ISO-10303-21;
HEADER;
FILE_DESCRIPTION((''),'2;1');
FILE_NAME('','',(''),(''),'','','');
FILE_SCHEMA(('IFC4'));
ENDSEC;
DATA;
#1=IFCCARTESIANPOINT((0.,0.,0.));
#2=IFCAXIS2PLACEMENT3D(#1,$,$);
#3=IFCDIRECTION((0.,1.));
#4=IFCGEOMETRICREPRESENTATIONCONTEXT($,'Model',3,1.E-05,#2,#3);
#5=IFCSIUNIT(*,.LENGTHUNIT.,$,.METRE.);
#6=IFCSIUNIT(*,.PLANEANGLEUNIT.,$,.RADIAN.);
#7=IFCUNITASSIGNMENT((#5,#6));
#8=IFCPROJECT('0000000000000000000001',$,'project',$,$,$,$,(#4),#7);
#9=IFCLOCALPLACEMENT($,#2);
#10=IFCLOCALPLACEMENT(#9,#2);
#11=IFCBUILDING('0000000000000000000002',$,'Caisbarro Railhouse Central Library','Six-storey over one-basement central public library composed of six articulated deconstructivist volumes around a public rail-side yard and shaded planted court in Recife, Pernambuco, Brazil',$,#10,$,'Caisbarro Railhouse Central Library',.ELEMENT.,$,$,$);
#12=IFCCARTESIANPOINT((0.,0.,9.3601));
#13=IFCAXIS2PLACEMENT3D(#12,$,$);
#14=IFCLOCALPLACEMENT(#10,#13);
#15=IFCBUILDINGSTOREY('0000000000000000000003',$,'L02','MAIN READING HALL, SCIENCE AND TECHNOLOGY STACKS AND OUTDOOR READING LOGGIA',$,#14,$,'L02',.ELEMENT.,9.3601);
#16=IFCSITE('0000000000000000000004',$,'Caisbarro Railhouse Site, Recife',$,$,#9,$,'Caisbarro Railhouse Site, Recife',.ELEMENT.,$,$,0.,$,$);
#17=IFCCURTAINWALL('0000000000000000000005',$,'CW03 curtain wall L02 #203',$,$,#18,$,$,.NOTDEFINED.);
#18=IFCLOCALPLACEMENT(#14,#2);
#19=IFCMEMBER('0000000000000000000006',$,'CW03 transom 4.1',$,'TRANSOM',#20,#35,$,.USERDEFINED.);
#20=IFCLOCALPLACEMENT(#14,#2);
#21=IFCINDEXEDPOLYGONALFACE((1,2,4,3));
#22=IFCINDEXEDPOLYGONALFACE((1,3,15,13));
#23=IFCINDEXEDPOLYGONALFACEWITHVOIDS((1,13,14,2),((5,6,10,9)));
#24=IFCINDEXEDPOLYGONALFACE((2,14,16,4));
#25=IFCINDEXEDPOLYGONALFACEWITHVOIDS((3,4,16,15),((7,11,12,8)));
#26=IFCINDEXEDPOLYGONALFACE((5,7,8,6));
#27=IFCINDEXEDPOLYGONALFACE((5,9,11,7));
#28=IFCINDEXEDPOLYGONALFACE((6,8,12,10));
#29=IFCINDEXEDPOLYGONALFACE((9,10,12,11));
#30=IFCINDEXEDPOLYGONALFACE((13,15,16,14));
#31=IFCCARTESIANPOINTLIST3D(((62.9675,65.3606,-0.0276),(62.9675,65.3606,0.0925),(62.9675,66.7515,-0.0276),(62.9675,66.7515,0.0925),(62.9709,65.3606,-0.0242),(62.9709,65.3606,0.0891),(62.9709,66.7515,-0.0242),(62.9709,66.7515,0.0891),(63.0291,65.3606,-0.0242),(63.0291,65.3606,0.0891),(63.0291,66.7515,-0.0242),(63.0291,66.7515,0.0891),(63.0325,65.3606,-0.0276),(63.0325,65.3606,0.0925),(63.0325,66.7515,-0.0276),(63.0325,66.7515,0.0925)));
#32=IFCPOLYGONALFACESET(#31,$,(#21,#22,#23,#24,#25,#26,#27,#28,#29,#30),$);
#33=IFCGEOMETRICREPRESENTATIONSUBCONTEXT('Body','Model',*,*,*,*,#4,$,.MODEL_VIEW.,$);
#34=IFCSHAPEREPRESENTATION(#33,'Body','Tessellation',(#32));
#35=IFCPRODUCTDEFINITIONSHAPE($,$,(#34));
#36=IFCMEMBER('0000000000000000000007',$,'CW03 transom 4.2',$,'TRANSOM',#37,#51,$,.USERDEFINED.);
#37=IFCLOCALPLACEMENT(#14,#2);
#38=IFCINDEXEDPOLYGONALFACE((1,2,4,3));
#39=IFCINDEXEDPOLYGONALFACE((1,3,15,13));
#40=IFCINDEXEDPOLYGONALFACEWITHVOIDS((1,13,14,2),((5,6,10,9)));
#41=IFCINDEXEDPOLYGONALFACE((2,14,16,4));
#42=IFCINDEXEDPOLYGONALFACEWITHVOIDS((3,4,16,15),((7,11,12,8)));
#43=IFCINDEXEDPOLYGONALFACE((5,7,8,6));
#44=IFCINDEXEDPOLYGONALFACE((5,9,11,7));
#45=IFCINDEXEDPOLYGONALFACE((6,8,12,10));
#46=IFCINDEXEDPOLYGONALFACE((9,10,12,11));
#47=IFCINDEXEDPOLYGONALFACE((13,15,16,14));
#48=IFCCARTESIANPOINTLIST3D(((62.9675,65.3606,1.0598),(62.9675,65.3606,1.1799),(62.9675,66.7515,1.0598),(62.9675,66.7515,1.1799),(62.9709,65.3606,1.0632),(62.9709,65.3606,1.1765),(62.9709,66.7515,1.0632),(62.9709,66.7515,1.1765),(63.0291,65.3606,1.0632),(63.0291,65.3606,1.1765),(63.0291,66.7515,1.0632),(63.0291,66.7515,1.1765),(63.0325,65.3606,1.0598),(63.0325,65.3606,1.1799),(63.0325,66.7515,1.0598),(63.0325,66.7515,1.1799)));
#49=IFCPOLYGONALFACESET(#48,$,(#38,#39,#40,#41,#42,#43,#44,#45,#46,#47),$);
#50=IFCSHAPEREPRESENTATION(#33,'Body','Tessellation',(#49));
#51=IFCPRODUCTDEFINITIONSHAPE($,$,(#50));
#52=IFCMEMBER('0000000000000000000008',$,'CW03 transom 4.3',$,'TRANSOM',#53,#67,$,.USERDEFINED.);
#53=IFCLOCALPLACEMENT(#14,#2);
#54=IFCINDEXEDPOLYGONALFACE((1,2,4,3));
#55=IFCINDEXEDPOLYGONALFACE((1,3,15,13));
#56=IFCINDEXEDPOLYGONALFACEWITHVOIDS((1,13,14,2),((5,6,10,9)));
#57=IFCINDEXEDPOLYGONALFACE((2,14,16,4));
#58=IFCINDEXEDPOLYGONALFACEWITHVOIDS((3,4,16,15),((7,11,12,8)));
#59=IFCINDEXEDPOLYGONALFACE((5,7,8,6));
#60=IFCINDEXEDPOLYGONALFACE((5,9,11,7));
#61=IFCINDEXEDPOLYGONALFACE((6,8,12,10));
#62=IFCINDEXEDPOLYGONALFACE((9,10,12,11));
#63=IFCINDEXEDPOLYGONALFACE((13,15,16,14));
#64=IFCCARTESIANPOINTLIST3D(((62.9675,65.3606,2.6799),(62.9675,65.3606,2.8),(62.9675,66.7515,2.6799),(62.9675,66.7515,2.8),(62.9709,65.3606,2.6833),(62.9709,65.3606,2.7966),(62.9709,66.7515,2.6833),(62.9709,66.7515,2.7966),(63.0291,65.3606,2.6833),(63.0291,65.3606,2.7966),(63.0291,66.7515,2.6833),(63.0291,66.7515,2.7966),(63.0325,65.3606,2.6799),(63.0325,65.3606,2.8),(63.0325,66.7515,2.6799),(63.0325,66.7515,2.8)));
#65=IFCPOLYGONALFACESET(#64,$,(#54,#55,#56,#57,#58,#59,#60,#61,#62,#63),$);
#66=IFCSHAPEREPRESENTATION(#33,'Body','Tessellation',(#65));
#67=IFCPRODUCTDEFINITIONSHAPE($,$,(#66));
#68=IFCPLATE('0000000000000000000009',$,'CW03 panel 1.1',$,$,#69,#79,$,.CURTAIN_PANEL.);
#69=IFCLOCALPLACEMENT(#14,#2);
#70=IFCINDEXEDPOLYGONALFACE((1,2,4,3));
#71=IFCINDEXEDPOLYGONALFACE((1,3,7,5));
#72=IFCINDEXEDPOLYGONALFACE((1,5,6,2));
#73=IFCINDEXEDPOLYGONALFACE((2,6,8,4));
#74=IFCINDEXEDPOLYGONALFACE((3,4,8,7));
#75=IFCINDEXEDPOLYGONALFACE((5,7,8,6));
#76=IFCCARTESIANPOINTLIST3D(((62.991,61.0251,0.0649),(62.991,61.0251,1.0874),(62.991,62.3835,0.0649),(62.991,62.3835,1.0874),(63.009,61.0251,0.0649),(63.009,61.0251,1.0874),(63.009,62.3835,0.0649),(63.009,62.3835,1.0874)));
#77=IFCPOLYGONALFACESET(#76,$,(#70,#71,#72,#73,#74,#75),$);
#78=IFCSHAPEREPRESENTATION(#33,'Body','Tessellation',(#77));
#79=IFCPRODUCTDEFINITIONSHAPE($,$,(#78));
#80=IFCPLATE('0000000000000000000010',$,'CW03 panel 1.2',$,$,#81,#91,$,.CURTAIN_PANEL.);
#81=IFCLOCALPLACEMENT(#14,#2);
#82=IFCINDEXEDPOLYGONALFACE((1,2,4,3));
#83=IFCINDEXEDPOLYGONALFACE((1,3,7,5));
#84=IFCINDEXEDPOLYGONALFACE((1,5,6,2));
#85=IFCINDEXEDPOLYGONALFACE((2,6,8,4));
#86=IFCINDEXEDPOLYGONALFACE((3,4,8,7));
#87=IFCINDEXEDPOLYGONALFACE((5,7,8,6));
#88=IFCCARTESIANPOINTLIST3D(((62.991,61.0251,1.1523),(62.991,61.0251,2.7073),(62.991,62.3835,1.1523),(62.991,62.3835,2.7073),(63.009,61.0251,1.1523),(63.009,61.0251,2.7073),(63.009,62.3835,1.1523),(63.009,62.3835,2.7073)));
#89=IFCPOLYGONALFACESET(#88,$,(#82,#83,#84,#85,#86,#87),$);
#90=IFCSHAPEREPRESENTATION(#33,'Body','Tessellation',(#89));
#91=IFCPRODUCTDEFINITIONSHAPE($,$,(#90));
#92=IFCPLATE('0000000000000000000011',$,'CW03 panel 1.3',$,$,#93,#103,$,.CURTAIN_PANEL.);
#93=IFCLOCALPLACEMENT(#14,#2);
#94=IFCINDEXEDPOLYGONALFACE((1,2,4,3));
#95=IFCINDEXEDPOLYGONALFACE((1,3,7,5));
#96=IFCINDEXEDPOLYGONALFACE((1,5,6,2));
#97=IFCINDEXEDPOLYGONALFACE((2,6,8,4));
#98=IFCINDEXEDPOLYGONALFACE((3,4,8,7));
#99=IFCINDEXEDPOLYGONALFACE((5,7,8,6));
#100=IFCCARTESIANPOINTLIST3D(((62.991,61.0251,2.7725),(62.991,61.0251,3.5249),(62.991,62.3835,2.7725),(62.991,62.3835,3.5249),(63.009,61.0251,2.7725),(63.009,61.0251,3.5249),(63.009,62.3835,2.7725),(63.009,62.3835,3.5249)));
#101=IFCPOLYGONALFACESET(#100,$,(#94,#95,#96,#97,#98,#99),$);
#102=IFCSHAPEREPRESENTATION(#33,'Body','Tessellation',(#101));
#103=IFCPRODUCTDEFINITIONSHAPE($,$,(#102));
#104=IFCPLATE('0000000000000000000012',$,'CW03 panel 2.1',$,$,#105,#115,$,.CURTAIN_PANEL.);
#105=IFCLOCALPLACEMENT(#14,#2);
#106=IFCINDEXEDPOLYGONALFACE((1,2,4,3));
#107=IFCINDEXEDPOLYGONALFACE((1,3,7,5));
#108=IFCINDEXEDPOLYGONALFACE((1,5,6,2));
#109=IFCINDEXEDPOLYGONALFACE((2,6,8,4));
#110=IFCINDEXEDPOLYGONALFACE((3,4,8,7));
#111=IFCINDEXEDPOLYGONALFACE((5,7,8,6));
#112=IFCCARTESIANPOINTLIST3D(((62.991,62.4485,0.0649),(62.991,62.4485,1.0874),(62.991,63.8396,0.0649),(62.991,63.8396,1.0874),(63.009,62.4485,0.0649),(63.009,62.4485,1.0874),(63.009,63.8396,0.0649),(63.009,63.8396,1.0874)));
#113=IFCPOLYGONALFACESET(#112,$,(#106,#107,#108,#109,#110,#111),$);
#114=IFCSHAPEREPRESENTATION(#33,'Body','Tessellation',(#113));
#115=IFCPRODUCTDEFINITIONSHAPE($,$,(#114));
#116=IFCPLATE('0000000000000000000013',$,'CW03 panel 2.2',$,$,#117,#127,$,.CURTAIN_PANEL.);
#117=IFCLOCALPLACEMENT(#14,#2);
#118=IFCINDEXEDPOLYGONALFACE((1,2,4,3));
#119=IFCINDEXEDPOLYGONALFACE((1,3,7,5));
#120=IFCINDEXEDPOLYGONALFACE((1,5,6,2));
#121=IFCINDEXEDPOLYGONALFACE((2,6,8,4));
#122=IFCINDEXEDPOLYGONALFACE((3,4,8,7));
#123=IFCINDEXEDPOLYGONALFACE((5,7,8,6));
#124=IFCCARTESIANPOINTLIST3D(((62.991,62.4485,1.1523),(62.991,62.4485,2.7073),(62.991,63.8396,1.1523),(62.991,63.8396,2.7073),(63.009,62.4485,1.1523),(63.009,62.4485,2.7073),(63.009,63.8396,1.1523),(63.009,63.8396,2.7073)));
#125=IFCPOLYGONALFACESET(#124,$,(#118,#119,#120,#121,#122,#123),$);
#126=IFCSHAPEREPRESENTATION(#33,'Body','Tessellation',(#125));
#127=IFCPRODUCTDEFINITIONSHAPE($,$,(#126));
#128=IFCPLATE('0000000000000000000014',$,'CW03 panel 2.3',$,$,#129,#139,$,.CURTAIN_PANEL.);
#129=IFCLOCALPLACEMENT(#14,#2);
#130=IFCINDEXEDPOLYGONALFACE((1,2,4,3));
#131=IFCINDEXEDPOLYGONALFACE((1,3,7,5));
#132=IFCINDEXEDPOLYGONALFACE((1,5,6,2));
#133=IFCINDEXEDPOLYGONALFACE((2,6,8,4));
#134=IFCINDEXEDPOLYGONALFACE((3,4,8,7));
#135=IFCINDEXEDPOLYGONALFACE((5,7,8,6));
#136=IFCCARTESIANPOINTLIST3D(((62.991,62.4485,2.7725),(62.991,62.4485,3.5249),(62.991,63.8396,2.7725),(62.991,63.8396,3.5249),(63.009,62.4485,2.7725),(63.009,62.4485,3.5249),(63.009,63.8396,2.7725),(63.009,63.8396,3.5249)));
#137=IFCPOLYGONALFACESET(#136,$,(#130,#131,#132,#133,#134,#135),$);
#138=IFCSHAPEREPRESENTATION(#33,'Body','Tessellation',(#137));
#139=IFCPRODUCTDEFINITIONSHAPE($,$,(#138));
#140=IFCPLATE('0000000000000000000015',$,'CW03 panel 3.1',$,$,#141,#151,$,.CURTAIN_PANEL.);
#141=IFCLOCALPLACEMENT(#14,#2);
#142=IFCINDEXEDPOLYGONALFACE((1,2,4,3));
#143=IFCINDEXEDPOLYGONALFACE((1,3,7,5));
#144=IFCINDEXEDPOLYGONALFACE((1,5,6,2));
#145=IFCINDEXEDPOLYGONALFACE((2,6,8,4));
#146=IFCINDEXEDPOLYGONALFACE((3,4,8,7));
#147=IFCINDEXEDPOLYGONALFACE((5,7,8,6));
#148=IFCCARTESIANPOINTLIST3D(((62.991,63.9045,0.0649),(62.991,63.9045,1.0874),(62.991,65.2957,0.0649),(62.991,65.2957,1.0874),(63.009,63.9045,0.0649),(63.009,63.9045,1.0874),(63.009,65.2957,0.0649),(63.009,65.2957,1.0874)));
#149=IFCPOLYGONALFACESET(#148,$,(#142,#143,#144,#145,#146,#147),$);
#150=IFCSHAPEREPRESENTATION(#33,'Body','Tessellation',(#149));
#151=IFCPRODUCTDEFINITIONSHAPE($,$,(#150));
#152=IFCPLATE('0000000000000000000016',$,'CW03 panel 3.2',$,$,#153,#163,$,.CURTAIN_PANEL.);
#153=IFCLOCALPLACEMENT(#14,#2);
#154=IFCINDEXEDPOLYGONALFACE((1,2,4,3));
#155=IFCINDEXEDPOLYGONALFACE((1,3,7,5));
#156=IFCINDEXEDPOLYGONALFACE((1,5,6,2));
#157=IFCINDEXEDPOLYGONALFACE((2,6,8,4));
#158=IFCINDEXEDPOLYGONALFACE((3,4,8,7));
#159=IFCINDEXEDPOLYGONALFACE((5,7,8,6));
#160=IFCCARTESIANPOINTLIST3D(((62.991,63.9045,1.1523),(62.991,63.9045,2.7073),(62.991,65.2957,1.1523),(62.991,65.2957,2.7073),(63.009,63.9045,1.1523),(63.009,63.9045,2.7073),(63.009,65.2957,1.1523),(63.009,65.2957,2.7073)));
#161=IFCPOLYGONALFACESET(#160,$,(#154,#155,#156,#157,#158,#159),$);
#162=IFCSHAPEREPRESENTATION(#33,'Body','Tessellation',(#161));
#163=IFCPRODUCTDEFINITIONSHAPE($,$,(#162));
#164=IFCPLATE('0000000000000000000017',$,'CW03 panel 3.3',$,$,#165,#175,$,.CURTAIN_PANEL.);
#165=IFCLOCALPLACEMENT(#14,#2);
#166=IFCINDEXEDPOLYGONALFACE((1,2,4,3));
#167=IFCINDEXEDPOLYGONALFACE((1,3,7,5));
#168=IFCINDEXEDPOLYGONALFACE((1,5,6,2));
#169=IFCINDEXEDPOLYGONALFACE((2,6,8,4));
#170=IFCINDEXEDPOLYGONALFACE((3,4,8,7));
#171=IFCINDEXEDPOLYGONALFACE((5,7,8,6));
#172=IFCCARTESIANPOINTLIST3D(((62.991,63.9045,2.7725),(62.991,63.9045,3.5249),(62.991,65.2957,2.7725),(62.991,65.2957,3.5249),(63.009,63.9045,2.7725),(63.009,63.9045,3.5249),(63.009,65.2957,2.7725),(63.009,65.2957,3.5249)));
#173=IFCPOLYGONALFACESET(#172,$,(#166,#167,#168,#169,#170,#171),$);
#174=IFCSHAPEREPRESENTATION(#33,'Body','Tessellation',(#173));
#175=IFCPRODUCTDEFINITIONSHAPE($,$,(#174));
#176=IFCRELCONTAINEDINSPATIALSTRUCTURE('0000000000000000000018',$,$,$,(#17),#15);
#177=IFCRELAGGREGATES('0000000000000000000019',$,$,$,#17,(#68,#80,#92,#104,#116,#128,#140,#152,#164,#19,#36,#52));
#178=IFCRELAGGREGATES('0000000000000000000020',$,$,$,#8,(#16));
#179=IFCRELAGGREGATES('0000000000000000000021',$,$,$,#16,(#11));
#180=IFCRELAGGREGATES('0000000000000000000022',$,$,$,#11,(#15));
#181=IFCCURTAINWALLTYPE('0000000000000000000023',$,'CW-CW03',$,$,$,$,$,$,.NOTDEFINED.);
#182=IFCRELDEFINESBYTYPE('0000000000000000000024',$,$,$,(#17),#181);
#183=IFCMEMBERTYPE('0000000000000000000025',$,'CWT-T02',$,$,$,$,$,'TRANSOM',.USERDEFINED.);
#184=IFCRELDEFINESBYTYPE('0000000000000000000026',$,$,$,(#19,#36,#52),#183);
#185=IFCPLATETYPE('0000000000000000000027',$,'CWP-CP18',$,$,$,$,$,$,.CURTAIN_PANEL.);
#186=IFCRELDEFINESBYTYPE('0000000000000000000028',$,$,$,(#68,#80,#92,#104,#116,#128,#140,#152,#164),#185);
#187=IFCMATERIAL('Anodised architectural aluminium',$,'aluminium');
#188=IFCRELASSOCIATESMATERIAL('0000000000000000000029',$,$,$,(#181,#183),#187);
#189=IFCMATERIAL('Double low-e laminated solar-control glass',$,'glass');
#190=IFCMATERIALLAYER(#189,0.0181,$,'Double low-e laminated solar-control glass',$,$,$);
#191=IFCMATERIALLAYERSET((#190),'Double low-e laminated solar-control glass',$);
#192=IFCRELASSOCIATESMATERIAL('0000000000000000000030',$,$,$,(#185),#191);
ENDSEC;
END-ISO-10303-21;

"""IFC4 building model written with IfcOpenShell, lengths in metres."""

from ifc_helpers import new_model, si_unit, direction, frame, origin, origin_2d, place, context, subcontext, project, spatial, rectangle, hollow_rectangle, extrude, material, layer, layer_set, material_profile, profile_set, type_object, element, aggregate, save


model = new_model("IFC4")

# Units and contexts
model_context = context("Model", 3, precision=1e-05, world=origin(), true_north=direction((0.0, 1.0)))
body_context = subcontext(model_context, "Body", "Model", "MODEL_VIEW")
ifc_project = project(units=[si_unit("LENGTHUNIT", "METRE"), si_unit("PLANEANGLEUNIT", "RADIAN")], contexts=[model_context])

# Site, building, storey
site_placement = place(None, origin())
site = spatial("IfcSite", under=ifc_project, at=site_placement, Name="Caisbarro Railhouse Site, Recife", LongName="Caisbarro Railhouse Site, Recife", CompositionType="ELEMENT", RefElevation=0.0)
building_placement = place(site_placement, origin())
building = spatial("IfcBuilding", under=site, at=building_placement, Name="Caisbarro Railhouse Central Library", Description="Six-storey over one-basement central public library composed of six articulated deconstructivist volumes around a public rail-side yard and shaded planted court in Recife, Pernambuco, Brazil", LongName="Caisbarro Railhouse Central Library", CompositionType="ELEMENT")
storey_placement = place(building_placement, frame((0.0, 0.0, 9.3601)))
storey = spatial("IfcBuildingStorey", under=building, at=storey_placement, Name="L02", Description="MAIN READING HALL, SCIENCE AND TECHNOLOGY STACKS AND OUTDOOR READING LOGGIA", LongName="L02", CompositionType="ELEMENT", Elevation=9.3601)

# Curtain wall, members, plates
ifc_material_1 = material(Name="Anodised architectural aluminium", Category="aluminium")
curtain_wall_type = type_object("IfcCurtainWallType", Name="CW-CW03", PredefinedType="NOTDEFINED", material=ifc_material_1)
curtain_wall_placement = place(storey_placement, origin())
curtain_wall = element("IfcCurtainWall", 1, at=curtain_wall_placement, inside=storey, type_object=curtain_wall_type, Name="CW03 curtain wall L02 #203", PredefinedType="NOTDEFINED")
ifc_material_profile_1 = material_profile(ifc_material_1, hollow_rectangle(XDim=0.0649, YDim=0.1201, WallThickness=0.0034, at=origin_2d()), Name="ALU-TRN-65X120")
ifc_profile_set_1 = profile_set([ifc_material_profile_1], Name="Anodised architectural aluminium")
member_type_1 = type_object("IfcMemberType", Name="CWT-T02", ElementType="TRANSOM", PredefinedType="USERDEFINED", material=ifc_profile_set_1)
member_1_placement = place(storey_placement, frame((63.0, 65.3606, 0.0325), z_axis=(0.0, 1.0, 0.0), x_axis=(-1.0, 0.0, 0.0)))
member_1 = element("IfcMember", 2, at=member_1_placement, type_object=member_type_1, Name="CW03 transom 4.1", ObjectType="TRANSOM", PredefinedType="USERDEFINED", context=body_context, shape_type="SweptSolid", body=[
    extrude(hollow_rectangle(XDim=0.0649, YDim=0.1201, WallThickness=0.0034, at=origin_2d()), origin(), (0.0, 0.0, 1.0), 1.3909),
])
member_2_placement = place(storey_placement, frame((63.0, 65.3606, 1.1199), z_axis=(0.0, 1.0, 0.0), x_axis=(-1.0, 0.0, 0.0)))
member_2 = element("IfcMember", 3, at=member_2_placement, type_object=member_type_1, Name="CW03 transom 4.2", ObjectType="TRANSOM", PredefinedType="USERDEFINED", context=body_context, shape_type="SweptSolid", body=[
    extrude(hollow_rectangle(XDim=0.0649, YDim=0.1201, WallThickness=0.0034, at=origin_2d()), origin(), (0.0, 0.0, 1.0), 1.3909),
])
member_3_placement = place(storey_placement, frame((63.0, 65.3606, 2.74), z_axis=(0.0, 1.0, 0.0), x_axis=(-1.0, 0.0, 0.0)))
member_3 = element("IfcMember", 4, at=member_3_placement, type_object=member_type_1, Name="CW03 transom 4.3", ObjectType="TRANSOM", PredefinedType="USERDEFINED", context=body_context, shape_type="SweptSolid", body=[
    extrude(hollow_rectangle(XDim=0.0649, YDim=0.1201, WallThickness=0.0034, at=origin_2d()), origin(), (0.0, 0.0, 1.0), 1.3909),
])
ifc_material_2 = material(Name="Double low-e laminated solar-control glass", Category="glass")
ifc_layer = layer(ifc_material_2, 0.0181, Name="Double low-e laminated solar-control glass")
ifc_layer_set = layer_set([ifc_layer], Name="Double low-e laminated solar-control glass")
plate_type = type_object("IfcPlateType", Name="CWP-CP18", PredefinedType="CURTAIN_PANEL", material=ifc_layer_set)
plate_1_placement = place(storey_placement, frame((63.0, 61.7043, 0.0649), z_axis=(0.0, 0.0, 1.0), x_axis=(0.0, 1.0, 0.0)))
plate_1 = element("IfcPlate", 5, at=plate_1_placement, type_object=plate_type, Name="CW03 panel 1.1", PredefinedType="CURTAIN_PANEL", context=body_context, shape_type="SweptSolid", body=[
    extrude(rectangle(XDim=1.3584, YDim=0.0181, at=origin_2d()), origin(), (0.0, 0.0, 1.0), 1.0225),
])
plate_2_placement = place(storey_placement, frame((63.0, 61.7043, 1.1523), z_axis=(0.0, 0.0, 1.0), x_axis=(0.0, 1.0, 0.0)))
plate_2 = element("IfcPlate", 6, at=plate_2_placement, type_object=plate_type, Name="CW03 panel 1.2", PredefinedType="CURTAIN_PANEL", context=body_context, shape_type="SweptSolid", body=[
    extrude(rectangle(XDim=1.3584, YDim=0.0181, at=origin_2d()), origin(), (0.0, 0.0, 1.0), 1.5549),
])
plate_3_placement = place(storey_placement, frame((63.0, 61.7043, 2.7725), z_axis=(0.0, 0.0, 1.0), x_axis=(0.0, 1.0, 0.0)))
plate_3 = element("IfcPlate", 7, at=plate_3_placement, type_object=plate_type, Name="CW03 panel 1.3", PredefinedType="CURTAIN_PANEL", context=body_context, shape_type="SweptSolid", body=[
    extrude(rectangle(XDim=1.3584, YDim=0.0181, at=origin_2d()), origin(), (0.0, 0.0, 1.0), 0.7524),
])
plate_4_placement = place(storey_placement, frame((63.0, 63.144, 0.0649), z_axis=(0.0, 0.0, 1.0), x_axis=(0.0, 1.0, 0.0)))
plate_4 = element("IfcPlate", 8, at=plate_4_placement, type_object=plate_type, Name="CW03 panel 2.1", PredefinedType="CURTAIN_PANEL", context=body_context, shape_type="SweptSolid", body=[
    extrude(rectangle(XDim=1.3911, YDim=0.0181, at=origin_2d()), origin(), (0.0, 0.0, 1.0), 1.0225),
])
plate_5_placement = place(storey_placement, frame((63.0, 63.144, 1.1523), z_axis=(0.0, 0.0, 1.0), x_axis=(0.0, 1.0, 0.0)))
plate_5 = element("IfcPlate", 9, at=plate_5_placement, type_object=plate_type, Name="CW03 panel 2.2", PredefinedType="CURTAIN_PANEL", context=body_context, shape_type="SweptSolid", body=[
    extrude(rectangle(XDim=1.3911, YDim=0.0181, at=origin_2d()), origin(), (0.0, 0.0, 1.0), 1.5549),
])
plate_6_placement = place(storey_placement, frame((63.0, 63.144, 2.7725), z_axis=(0.0, 0.0, 1.0), x_axis=(0.0, 1.0, 0.0)))
plate_6 = element("IfcPlate", 10, at=plate_6_placement, type_object=plate_type, Name="CW03 panel 2.3", PredefinedType="CURTAIN_PANEL", context=body_context, shape_type="SweptSolid", body=[
    extrude(rectangle(XDim=1.3911, YDim=0.0181, at=origin_2d()), origin(), (0.0, 0.0, 1.0), 0.7524),
])
plate_7_placement = place(storey_placement, frame((63.0, 64.6001, 0.0649), z_axis=(0.0, 0.0, 1.0), x_axis=(0.0, 1.0, 0.0)))
plate_7 = element("IfcPlate", 11, at=plate_7_placement, type_object=plate_type, Name="CW03 panel 3.1", PredefinedType="CURTAIN_PANEL", context=body_context, shape_type="SweptSolid", body=[
    extrude(rectangle(XDim=1.3911, YDim=0.0181, at=origin_2d()), origin(), (0.0, 0.0, 1.0), 1.0225),
])
plate_8_placement = place(storey_placement, frame((63.0, 64.6001, 1.1523), z_axis=(0.0, 0.0, 1.0), x_axis=(0.0, 1.0, 0.0)))
plate_8 = element("IfcPlate", 12, at=plate_8_placement, type_object=plate_type, Name="CW03 panel 3.2", PredefinedType="CURTAIN_PANEL", context=body_context, shape_type="SweptSolid", body=[
    extrude(rectangle(XDim=1.3911, YDim=0.0181, at=origin_2d()), origin(), (0.0, 0.0, 1.0), 1.5549),
])
plate_9_placement = place(storey_placement, frame((63.0, 64.6001, 2.7725), z_axis=(0.0, 0.0, 1.0), x_axis=(0.0, 1.0, 0.0)))
plate_9 = element("IfcPlate", 13, at=plate_9_placement, type_object=plate_type, Name="CW03 panel 3.3", PredefinedType="CURTAIN_PANEL", context=body_context, shape_type="SweptSolid", body=[
    extrude(rectangle(XDim=1.3911, YDim=0.0181, at=origin_2d()), origin(), (0.0, 0.0, 1.0), 0.7524),
])
aggregate(curtain_wall, [plate_1, plate_2, plate_3, plate_4, plate_5, plate_6, plate_7, plate_8, plate_9, member_1, member_2, member_3])

save(model, "model.ifc")
